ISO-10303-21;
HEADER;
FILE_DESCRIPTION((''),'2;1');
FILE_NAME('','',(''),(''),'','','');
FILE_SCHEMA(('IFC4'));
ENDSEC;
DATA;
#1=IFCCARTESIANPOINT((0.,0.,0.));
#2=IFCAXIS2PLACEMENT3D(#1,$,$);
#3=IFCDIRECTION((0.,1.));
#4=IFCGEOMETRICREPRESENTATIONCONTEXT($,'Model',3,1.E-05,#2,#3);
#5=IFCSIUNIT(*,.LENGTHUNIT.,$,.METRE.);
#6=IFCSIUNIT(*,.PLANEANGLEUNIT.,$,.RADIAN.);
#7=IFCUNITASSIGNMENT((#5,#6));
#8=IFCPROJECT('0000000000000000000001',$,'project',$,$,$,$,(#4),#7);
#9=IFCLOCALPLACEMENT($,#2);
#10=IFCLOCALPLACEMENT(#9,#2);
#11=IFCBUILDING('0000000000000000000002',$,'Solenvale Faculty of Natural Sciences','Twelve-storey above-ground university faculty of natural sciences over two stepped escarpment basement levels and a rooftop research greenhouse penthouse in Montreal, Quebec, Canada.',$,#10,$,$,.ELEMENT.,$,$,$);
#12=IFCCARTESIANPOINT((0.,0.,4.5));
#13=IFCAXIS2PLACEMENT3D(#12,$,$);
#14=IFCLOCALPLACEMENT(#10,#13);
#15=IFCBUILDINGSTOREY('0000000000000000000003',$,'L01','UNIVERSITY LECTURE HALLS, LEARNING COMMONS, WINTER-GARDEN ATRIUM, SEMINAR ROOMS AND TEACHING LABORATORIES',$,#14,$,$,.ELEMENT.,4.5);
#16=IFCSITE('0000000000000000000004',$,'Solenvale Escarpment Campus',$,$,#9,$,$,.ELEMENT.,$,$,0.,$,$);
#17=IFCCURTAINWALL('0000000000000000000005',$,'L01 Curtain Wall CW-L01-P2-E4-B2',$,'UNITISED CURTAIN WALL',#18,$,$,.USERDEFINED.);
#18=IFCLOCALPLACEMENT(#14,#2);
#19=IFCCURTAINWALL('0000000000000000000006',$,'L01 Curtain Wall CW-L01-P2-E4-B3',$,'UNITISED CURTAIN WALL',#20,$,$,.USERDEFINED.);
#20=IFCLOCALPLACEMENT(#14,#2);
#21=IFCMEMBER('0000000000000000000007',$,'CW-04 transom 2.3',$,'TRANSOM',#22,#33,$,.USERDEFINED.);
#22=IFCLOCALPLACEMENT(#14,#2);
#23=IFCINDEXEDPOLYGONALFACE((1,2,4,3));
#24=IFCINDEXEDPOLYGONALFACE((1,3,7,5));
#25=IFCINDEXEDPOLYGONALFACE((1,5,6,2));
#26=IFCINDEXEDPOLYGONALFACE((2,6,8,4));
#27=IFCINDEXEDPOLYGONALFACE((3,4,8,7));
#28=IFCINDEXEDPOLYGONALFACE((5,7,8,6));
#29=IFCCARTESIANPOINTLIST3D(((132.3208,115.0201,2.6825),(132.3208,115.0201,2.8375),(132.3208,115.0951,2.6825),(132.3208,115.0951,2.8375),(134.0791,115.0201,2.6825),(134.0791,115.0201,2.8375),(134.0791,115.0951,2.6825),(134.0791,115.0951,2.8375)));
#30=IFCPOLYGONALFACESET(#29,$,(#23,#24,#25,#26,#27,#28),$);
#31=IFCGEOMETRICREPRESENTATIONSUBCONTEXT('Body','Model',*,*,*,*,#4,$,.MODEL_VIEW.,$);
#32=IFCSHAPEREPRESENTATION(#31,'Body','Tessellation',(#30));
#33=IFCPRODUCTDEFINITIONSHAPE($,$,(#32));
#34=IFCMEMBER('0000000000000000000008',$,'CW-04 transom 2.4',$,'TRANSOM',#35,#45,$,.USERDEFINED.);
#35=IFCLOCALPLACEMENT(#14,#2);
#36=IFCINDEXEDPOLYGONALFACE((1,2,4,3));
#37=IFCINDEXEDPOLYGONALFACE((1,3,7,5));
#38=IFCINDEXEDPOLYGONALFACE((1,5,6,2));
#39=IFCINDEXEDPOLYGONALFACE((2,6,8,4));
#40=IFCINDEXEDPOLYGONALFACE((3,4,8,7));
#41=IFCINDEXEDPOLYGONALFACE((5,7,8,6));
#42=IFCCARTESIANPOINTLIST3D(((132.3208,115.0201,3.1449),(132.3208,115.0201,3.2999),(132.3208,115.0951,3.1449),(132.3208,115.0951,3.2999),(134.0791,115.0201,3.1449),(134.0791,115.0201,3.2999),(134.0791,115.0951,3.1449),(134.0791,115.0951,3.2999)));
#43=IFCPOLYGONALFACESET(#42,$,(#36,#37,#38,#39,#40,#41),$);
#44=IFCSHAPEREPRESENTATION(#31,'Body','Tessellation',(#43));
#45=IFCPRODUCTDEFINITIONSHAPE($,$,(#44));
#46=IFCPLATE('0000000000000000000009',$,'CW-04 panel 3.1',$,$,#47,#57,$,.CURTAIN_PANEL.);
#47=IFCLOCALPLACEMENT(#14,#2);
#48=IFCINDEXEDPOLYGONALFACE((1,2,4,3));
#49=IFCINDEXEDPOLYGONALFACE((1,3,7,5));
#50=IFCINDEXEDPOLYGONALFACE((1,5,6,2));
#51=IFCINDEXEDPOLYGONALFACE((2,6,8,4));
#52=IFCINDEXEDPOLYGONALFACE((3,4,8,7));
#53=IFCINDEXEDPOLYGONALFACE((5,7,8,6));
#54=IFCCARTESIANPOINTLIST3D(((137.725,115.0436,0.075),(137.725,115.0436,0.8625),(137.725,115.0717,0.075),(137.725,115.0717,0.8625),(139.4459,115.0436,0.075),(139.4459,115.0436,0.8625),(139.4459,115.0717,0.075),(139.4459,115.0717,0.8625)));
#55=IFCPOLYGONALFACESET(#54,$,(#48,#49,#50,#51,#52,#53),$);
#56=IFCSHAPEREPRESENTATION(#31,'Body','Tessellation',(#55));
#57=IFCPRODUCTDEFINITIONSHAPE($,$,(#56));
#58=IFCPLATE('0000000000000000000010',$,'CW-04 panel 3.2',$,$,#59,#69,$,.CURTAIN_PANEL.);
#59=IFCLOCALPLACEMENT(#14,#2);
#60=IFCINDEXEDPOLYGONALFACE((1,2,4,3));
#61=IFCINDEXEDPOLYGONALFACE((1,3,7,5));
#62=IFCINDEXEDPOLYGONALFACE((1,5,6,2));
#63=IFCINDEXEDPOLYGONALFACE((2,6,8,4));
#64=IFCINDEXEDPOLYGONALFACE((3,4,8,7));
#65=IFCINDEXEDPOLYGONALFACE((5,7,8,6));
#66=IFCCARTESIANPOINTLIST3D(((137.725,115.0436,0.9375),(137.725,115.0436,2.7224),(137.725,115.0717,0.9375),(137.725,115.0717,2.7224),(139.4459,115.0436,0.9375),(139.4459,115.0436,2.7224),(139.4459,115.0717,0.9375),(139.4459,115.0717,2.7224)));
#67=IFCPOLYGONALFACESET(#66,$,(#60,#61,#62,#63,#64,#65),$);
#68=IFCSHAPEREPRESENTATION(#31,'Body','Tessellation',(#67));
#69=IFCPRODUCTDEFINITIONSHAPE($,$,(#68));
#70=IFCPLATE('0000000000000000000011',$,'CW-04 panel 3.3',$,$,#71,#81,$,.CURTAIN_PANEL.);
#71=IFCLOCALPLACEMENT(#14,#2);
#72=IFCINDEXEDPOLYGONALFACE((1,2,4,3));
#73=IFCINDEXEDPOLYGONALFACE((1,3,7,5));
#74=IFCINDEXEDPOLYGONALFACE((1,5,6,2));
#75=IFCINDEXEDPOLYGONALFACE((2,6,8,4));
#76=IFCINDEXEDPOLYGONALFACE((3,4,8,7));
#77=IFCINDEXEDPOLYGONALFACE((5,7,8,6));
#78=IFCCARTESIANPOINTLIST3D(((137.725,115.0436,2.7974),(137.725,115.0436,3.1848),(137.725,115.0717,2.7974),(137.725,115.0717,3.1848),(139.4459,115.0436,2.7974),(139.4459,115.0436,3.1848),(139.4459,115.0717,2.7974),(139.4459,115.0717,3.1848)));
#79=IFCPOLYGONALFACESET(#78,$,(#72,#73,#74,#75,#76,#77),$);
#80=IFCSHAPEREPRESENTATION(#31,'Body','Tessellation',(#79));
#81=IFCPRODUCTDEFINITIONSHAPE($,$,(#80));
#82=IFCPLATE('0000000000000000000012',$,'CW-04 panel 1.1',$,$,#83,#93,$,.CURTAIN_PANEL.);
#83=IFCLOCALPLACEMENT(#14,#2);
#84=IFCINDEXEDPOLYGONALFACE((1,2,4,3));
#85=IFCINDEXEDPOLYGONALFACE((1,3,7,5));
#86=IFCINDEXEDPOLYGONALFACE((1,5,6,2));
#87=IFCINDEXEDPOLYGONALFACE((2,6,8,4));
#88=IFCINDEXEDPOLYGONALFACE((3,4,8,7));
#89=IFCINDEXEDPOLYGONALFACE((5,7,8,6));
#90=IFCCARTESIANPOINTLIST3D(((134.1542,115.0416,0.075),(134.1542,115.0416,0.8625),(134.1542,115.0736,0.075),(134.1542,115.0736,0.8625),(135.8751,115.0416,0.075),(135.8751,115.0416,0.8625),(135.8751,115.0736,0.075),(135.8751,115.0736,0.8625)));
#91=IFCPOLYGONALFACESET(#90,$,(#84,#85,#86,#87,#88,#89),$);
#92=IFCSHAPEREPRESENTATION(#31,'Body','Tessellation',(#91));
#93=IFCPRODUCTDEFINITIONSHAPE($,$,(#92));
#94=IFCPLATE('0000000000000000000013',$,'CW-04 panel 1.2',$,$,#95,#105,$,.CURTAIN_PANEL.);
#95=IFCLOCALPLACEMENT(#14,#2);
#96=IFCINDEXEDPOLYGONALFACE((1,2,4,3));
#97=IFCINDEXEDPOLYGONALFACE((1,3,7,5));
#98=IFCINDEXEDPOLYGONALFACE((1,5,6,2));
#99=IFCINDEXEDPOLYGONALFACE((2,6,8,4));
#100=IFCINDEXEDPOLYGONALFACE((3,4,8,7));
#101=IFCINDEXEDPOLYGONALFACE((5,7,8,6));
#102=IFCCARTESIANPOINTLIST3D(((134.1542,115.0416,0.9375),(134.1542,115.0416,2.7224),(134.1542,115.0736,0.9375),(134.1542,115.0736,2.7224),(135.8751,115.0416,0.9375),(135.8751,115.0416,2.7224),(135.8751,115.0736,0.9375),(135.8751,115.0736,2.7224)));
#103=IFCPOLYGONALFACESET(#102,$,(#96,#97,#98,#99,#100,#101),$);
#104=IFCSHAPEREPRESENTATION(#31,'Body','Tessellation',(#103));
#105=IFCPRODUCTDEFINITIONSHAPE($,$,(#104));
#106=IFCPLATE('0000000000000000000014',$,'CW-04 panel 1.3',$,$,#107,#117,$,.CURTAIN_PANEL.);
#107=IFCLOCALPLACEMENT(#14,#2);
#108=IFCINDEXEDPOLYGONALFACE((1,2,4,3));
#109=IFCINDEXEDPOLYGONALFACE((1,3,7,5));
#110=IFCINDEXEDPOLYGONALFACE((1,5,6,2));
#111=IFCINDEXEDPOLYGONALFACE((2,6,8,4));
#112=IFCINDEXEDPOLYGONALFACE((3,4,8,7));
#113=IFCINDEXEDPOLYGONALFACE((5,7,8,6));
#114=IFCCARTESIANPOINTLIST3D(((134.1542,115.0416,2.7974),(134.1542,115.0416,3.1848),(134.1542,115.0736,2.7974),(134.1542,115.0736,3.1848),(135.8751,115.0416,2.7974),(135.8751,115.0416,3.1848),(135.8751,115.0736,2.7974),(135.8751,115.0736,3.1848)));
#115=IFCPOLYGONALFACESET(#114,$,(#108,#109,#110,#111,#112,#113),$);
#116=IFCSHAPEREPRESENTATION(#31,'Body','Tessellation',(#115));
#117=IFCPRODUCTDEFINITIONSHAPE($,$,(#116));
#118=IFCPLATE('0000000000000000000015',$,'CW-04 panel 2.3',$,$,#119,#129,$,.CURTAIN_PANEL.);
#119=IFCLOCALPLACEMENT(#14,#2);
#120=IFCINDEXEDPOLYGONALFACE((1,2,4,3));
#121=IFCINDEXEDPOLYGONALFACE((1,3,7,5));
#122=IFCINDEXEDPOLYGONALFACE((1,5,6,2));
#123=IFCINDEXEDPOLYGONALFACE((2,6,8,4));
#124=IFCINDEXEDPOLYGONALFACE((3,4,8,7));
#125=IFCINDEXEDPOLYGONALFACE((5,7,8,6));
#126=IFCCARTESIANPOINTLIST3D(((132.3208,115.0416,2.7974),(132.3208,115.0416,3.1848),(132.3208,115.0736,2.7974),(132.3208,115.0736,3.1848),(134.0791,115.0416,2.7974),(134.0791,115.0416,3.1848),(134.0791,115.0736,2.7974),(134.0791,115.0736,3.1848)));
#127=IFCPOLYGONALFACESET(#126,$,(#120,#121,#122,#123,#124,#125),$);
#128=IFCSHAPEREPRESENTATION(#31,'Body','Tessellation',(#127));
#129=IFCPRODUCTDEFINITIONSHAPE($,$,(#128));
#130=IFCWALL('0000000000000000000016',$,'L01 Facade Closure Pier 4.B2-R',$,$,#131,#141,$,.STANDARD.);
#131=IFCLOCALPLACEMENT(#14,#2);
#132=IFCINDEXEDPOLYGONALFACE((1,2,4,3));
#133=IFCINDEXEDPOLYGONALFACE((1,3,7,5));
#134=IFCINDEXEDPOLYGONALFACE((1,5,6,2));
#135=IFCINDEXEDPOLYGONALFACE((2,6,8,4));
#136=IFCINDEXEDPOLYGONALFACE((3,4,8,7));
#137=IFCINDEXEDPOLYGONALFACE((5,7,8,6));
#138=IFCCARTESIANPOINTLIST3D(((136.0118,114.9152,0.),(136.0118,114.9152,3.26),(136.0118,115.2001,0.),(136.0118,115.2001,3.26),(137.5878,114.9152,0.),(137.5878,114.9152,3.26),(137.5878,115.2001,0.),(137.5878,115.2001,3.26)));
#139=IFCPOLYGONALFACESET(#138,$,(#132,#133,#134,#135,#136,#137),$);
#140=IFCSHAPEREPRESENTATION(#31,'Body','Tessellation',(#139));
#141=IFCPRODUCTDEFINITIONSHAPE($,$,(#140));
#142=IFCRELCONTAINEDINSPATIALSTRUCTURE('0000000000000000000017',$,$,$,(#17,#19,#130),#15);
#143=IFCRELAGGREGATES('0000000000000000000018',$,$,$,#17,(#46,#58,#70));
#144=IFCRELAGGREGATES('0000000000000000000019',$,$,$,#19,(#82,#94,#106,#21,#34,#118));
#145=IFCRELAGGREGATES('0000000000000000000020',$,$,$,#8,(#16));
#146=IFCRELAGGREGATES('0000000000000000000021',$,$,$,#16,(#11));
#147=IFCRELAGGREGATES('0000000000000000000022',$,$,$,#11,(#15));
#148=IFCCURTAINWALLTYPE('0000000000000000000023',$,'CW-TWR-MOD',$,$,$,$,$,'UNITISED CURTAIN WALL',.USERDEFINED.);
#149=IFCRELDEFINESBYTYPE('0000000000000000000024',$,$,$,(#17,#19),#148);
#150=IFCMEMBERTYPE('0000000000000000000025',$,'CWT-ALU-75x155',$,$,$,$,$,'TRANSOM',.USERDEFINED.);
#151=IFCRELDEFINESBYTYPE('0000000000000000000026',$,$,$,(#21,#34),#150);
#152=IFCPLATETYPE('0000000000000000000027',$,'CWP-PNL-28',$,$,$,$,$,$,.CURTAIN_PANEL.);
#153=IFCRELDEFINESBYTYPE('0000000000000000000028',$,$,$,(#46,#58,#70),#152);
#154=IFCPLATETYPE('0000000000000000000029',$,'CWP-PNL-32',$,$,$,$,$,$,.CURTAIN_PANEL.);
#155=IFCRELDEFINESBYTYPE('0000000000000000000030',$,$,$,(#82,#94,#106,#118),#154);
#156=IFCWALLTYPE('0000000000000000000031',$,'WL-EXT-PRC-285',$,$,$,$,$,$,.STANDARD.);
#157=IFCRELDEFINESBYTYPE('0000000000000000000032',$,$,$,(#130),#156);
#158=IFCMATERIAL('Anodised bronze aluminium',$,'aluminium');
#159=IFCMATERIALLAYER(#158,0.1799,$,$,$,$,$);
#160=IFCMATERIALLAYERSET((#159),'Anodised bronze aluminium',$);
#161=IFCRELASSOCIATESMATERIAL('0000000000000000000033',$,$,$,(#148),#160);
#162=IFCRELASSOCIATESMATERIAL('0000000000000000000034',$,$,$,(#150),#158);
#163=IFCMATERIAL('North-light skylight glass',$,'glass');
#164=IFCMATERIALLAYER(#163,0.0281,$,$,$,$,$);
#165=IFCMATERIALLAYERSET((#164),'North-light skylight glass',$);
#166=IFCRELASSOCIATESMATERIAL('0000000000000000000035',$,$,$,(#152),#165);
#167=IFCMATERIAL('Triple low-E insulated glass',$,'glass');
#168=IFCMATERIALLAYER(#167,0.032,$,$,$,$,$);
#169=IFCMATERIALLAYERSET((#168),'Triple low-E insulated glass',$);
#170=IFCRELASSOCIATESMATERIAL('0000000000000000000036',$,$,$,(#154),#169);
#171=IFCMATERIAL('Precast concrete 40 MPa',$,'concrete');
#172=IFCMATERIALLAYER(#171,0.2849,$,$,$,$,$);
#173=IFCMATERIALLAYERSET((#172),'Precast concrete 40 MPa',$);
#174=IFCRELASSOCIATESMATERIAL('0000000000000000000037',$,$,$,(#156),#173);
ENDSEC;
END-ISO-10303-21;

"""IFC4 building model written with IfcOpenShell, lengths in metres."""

from ifc_helpers import new_model, si_unit, direction, frame, frame_2d, origin, origin_2d, place, context, subcontext, project, spatial, rectangle, extrude, material, layer, layer_set, material_profile, profile_set, type_object, element, aggregate, save


model = new_model("IFC4")

# Units and contexts
model_context = context("Model", 3, precision=1e-05, world=origin(), true_north=direction((0.0, 1.0)))
body_context = subcontext(model_context, "Body", "Model", "MODEL_VIEW")
ifc_project = project(units=[si_unit("LENGTHUNIT", "METRE"), si_unit("PLANEANGLEUNIT", "RADIAN")], contexts=[model_context])

# Site, building, storey
site_placement = place(None, origin())
site = spatial("IfcSite", under=ifc_project, at=site_placement, Name="Solenvale Escarpment Campus", CompositionType="ELEMENT", RefElevation=0.0)
building_placement = place(site_placement, origin())
building = spatial("IfcBuilding", under=site, at=building_placement, Name="Solenvale Faculty of Natural Sciences", Description="Twelve-storey above-ground university faculty of natural sciences over two stepped escarpment basement levels and a rooftop research greenhouse penthouse in Montreal, Quebec, Canada.", CompositionType="ELEMENT")
storey_placement = place(building_placement, frame((0.0, 0.0, 4.5)))
storey = spatial("IfcBuildingStorey", under=building, at=storey_placement, Name="L01", Description="UNIVERSITY LECTURE HALLS, LEARNING COMMONS, WINTER-GARDEN ATRIUM, SEMINAR ROOMS AND TEACHING LABORATORIES", CompositionType="ELEMENT", Elevation=4.5)

# Shared definitions
ifc_material_1 = material(Name="Precast concrete 40 MPa", Category="concrete")

# Curtain wall
ifc_material_2 = material(Name="Anodised bronze aluminium", Category="aluminium")
ifc_layer_1 = layer(ifc_material_2, 0.1799)
ifc_layer_set_1 = layer_set([ifc_layer_1], Name="Anodised bronze aluminium")
curtain_wall_type = type_object("IfcCurtainWallType", Name="CW-TWR-MOD", ElementType="UNITISED CURTAIN WALL", PredefinedType="USERDEFINED", material=ifc_layer_set_1)
curtain_wall_1_placement = place(storey_placement, origin())
curtain_wall_1 = element("IfcCurtainWall", 1, at=curtain_wall_1_placement, inside=storey, type_object=curtain_wall_type, Name="L01 Curtain Wall CW-L01-P2-E4-B2", ObjectType="UNITISED CURTAIN WALL", PredefinedType="USERDEFINED")

# Curtain wall
curtain_wall_2_placement = place(storey_placement, origin())
curtain_wall_2 = element("IfcCurtainWall", 2, at=curtain_wall_2_placement, inside=storey, type_object=curtain_wall_type, Name="L01 Curtain Wall CW-L01-P2-E4-B3", ObjectType="UNITISED CURTAIN WALL", PredefinedType="USERDEFINED")

# Members
ifc_material_profile_1 = material_profile(ifc_material_2, rectangle(XDim=0.075, YDim=0.155, at=origin_2d()), Name="ALU-TRN-75x155")
ifc_profile_set_1 = profile_set([ifc_material_profile_1], Name="Anodised bronze aluminium")
member_type_1 = type_object("IfcMemberType", Name="CWT-ALU-75x155", ElementType="TRANSOM", PredefinedType="USERDEFINED", material=ifc_profile_set_1)
member_1_placement = place(storey_placement, frame((134.0791, 115.0576, 2.76), z_axis=(-1.0, 0.0, 0.0), x_axis=(0.0, -1.0, 0.0)))
member_1 = element("IfcMember", 3, at=member_1_placement, type_object=member_type_1, Name="CW-04 transom 2.3", ObjectType="TRANSOM", PredefinedType="USERDEFINED", context=body_context, shape_type="SweptSolid", body=[
    extrude(rectangle(XDim=0.075, YDim=0.155, at=origin_2d()), origin(), (0.0, 0.0, 1.0), 1.7583),
])
member_2_placement = place(storey_placement, frame((134.0791, 115.0576, 3.2224), z_axis=(-1.0, 0.0, 0.0), x_axis=(0.0, -1.0, 0.0)))
member_2 = element("IfcMember", 4, at=member_2_placement, type_object=member_type_1, Name="CW-04 transom 2.4", ObjectType="TRANSOM", PredefinedType="USERDEFINED", context=body_context, shape_type="SweptSolid", body=[
    extrude(rectangle(XDim=0.075, YDim=0.155, at=origin_2d()), origin(), (0.0, 0.0, 1.0), 1.7583),
])

# Plates
ifc_material_3 = material(Name="North-light skylight glass", Category="glass")
ifc_layer_2 = layer(ifc_material_3, 0.0281)
ifc_layer_set_2 = layer_set([ifc_layer_2], Name="North-light skylight glass")
plate_type_1 = type_object("IfcPlateType", Name="CWP-PNL-28", PredefinedType="CURTAIN_PANEL", material=ifc_layer_set_2)
plate_1_placement = place(storey_placement, frame((138.5854, 115.0576, 0.075), z_axis=(0.0, 0.0, 1.0), x_axis=(-1.0, 0.0, 0.0)))
plate_1 = element("IfcPlate", 5, at=plate_1_placement, type_object=plate_type_1, Name="CW-04 panel 3.1", PredefinedType="CURTAIN_PANEL", context=body_context, shape_type="SweptSolid", body=[
    extrude(rectangle(XDim=1.7209, YDim=0.0281, at=origin_2d()), origin(), (0.0, 0.0, 1.0), 0.7876),
])
plate_2_placement = place(storey_placement, frame((138.5854, 115.0576, 0.9375), z_axis=(0.0, 0.0, 1.0), x_axis=(-1.0, 0.0, 0.0)))
plate_2 = element("IfcPlate", 6, at=plate_2_placement, type_object=plate_type_1, Name="CW-04 panel 3.2", PredefinedType="CURTAIN_PANEL", context=body_context, shape_type="SweptSolid", body=[
    extrude(rectangle(XDim=1.7209, YDim=0.0281, at=origin_2d()), origin(), (0.0, 0.0, 1.0), 1.7849),
])
plate_3_placement = place(storey_placement, frame((138.5854, 115.0576, 2.7974), z_axis=(0.0, 0.0, 1.0), x_axis=(-1.0, 0.0, 0.0)))
plate_3 = element("IfcPlate", 7, at=plate_3_placement, type_object=plate_type_1, Name="CW-04 panel 3.3", PredefinedType="CURTAIN_PANEL", context=body_context, shape_type="SweptSolid", body=[
    extrude(rectangle(XDim=1.7209, YDim=0.0281, at=origin_2d()), origin(), (0.0, 0.0, 1.0), 0.3875),
])
aggregate(curtain_wall_1, [plate_1, plate_2, plate_3])
ifc_material_4 = material(Name="Triple low-E insulated glass", Category="glass")
ifc_layer_3 = layer(ifc_material_4, 0.032)
ifc_layer_set_3 = layer_set([ifc_layer_3], Name="Triple low-E insulated glass")
plate_type_2 = type_object("IfcPlateType", Name="CWP-PNL-32", PredefinedType="CURTAIN_PANEL", material=ifc_layer_set_3)
plate_4_placement = place(storey_placement, frame((135.0146, 115.0576, 0.075), z_axis=(0.0, 0.0, 1.0), x_axis=(-1.0, 0.0, 0.0)))
plate_4 = element("IfcPlate", 8, at=plate_4_placement, type_object=plate_type_2, Name="CW-04 panel 1.1", PredefinedType="CURTAIN_PANEL", context=body_context, shape_type="SweptSolid", body=[
    extrude(rectangle(XDim=1.7209, YDim=0.032, at=origin_2d()), origin(), (0.0, 0.0, 1.0), 0.7876),
])
plate_5_placement = place(storey_placement, frame((135.0146, 115.0576, 0.9375), z_axis=(0.0, 0.0, 1.0), x_axis=(-1.0, 0.0, 0.0)))
plate_5 = element("IfcPlate", 9, at=plate_5_placement, type_object=plate_type_2, Name="CW-04 panel 1.2", PredefinedType="CURTAIN_PANEL", context=body_context, shape_type="SweptSolid", body=[
    extrude(rectangle(XDim=1.7209, YDim=0.032, at=origin_2d()), origin(), (0.0, 0.0, 1.0), 1.7849),
])
plate_6_placement = place(storey_placement, frame((135.0146, 115.0576, 2.7974), z_axis=(0.0, 0.0, 1.0), x_axis=(-1.0, 0.0, 0.0)))
plate_6 = element("IfcPlate", 10, at=plate_6_placement, type_object=plate_type_2, Name="CW-04 panel 1.3", PredefinedType="CURTAIN_PANEL", context=body_context, shape_type="SweptSolid", body=[
    extrude(rectangle(XDim=1.7209, YDim=0.032, at=origin_2d()), origin(), (0.0, 0.0, 1.0), 0.3875),
])
plate_7_placement = place(storey_placement, frame((133.2, 115.0576, 2.7974), z_axis=(0.0, 0.0, 1.0), x_axis=(-1.0, 0.0, 0.0)))
plate_7 = element("IfcPlate", 11, at=plate_7_placement, type_object=plate_type_2, Name="CW-04 panel 2.3", PredefinedType="CURTAIN_PANEL", context=body_context, shape_type="SweptSolid", body=[
    extrude(rectangle(XDim=1.7583, YDim=0.032, at=origin_2d()), origin(), (0.0, 0.0, 1.0), 0.3875),
])
aggregate(curtain_wall_2, [plate_4, plate_5, plate_6, member_1, member_2, plate_7])

# Wall
ifc_layer_4 = layer(ifc_material_1, 0.2849)
ifc_layer_set_4 = layer_set([ifc_layer_4], Name="Precast concrete 40 MPa")
wall_type = type_object("IfcWallType", Name="WL-EXT-PRC-285", PredefinedType="STANDARD", material=ifc_layer_set_4)
wall_placement = place(storey_placement, frame((137.5879, 115.0576, 0.0), z_axis=(0.0, 0.0, 1.0), x_axis=(-1.0, 0.0, 0.0)))
element("IfcWall", 12, at=wall_placement, inside=storey, type_object=wall_type, Name="L01 Facade Closure Pier 4.B2-R", PredefinedType="STANDARD", context=body_context, shape_type="SweptSolid", body=[
    extrude(rectangle(XDim=1.5759, YDim=0.2849, at=frame_2d((0.7881, 0.0))), origin(), (0.0, 0.0, 1.0), 3.26),
])

save(model, "model.ifc")
